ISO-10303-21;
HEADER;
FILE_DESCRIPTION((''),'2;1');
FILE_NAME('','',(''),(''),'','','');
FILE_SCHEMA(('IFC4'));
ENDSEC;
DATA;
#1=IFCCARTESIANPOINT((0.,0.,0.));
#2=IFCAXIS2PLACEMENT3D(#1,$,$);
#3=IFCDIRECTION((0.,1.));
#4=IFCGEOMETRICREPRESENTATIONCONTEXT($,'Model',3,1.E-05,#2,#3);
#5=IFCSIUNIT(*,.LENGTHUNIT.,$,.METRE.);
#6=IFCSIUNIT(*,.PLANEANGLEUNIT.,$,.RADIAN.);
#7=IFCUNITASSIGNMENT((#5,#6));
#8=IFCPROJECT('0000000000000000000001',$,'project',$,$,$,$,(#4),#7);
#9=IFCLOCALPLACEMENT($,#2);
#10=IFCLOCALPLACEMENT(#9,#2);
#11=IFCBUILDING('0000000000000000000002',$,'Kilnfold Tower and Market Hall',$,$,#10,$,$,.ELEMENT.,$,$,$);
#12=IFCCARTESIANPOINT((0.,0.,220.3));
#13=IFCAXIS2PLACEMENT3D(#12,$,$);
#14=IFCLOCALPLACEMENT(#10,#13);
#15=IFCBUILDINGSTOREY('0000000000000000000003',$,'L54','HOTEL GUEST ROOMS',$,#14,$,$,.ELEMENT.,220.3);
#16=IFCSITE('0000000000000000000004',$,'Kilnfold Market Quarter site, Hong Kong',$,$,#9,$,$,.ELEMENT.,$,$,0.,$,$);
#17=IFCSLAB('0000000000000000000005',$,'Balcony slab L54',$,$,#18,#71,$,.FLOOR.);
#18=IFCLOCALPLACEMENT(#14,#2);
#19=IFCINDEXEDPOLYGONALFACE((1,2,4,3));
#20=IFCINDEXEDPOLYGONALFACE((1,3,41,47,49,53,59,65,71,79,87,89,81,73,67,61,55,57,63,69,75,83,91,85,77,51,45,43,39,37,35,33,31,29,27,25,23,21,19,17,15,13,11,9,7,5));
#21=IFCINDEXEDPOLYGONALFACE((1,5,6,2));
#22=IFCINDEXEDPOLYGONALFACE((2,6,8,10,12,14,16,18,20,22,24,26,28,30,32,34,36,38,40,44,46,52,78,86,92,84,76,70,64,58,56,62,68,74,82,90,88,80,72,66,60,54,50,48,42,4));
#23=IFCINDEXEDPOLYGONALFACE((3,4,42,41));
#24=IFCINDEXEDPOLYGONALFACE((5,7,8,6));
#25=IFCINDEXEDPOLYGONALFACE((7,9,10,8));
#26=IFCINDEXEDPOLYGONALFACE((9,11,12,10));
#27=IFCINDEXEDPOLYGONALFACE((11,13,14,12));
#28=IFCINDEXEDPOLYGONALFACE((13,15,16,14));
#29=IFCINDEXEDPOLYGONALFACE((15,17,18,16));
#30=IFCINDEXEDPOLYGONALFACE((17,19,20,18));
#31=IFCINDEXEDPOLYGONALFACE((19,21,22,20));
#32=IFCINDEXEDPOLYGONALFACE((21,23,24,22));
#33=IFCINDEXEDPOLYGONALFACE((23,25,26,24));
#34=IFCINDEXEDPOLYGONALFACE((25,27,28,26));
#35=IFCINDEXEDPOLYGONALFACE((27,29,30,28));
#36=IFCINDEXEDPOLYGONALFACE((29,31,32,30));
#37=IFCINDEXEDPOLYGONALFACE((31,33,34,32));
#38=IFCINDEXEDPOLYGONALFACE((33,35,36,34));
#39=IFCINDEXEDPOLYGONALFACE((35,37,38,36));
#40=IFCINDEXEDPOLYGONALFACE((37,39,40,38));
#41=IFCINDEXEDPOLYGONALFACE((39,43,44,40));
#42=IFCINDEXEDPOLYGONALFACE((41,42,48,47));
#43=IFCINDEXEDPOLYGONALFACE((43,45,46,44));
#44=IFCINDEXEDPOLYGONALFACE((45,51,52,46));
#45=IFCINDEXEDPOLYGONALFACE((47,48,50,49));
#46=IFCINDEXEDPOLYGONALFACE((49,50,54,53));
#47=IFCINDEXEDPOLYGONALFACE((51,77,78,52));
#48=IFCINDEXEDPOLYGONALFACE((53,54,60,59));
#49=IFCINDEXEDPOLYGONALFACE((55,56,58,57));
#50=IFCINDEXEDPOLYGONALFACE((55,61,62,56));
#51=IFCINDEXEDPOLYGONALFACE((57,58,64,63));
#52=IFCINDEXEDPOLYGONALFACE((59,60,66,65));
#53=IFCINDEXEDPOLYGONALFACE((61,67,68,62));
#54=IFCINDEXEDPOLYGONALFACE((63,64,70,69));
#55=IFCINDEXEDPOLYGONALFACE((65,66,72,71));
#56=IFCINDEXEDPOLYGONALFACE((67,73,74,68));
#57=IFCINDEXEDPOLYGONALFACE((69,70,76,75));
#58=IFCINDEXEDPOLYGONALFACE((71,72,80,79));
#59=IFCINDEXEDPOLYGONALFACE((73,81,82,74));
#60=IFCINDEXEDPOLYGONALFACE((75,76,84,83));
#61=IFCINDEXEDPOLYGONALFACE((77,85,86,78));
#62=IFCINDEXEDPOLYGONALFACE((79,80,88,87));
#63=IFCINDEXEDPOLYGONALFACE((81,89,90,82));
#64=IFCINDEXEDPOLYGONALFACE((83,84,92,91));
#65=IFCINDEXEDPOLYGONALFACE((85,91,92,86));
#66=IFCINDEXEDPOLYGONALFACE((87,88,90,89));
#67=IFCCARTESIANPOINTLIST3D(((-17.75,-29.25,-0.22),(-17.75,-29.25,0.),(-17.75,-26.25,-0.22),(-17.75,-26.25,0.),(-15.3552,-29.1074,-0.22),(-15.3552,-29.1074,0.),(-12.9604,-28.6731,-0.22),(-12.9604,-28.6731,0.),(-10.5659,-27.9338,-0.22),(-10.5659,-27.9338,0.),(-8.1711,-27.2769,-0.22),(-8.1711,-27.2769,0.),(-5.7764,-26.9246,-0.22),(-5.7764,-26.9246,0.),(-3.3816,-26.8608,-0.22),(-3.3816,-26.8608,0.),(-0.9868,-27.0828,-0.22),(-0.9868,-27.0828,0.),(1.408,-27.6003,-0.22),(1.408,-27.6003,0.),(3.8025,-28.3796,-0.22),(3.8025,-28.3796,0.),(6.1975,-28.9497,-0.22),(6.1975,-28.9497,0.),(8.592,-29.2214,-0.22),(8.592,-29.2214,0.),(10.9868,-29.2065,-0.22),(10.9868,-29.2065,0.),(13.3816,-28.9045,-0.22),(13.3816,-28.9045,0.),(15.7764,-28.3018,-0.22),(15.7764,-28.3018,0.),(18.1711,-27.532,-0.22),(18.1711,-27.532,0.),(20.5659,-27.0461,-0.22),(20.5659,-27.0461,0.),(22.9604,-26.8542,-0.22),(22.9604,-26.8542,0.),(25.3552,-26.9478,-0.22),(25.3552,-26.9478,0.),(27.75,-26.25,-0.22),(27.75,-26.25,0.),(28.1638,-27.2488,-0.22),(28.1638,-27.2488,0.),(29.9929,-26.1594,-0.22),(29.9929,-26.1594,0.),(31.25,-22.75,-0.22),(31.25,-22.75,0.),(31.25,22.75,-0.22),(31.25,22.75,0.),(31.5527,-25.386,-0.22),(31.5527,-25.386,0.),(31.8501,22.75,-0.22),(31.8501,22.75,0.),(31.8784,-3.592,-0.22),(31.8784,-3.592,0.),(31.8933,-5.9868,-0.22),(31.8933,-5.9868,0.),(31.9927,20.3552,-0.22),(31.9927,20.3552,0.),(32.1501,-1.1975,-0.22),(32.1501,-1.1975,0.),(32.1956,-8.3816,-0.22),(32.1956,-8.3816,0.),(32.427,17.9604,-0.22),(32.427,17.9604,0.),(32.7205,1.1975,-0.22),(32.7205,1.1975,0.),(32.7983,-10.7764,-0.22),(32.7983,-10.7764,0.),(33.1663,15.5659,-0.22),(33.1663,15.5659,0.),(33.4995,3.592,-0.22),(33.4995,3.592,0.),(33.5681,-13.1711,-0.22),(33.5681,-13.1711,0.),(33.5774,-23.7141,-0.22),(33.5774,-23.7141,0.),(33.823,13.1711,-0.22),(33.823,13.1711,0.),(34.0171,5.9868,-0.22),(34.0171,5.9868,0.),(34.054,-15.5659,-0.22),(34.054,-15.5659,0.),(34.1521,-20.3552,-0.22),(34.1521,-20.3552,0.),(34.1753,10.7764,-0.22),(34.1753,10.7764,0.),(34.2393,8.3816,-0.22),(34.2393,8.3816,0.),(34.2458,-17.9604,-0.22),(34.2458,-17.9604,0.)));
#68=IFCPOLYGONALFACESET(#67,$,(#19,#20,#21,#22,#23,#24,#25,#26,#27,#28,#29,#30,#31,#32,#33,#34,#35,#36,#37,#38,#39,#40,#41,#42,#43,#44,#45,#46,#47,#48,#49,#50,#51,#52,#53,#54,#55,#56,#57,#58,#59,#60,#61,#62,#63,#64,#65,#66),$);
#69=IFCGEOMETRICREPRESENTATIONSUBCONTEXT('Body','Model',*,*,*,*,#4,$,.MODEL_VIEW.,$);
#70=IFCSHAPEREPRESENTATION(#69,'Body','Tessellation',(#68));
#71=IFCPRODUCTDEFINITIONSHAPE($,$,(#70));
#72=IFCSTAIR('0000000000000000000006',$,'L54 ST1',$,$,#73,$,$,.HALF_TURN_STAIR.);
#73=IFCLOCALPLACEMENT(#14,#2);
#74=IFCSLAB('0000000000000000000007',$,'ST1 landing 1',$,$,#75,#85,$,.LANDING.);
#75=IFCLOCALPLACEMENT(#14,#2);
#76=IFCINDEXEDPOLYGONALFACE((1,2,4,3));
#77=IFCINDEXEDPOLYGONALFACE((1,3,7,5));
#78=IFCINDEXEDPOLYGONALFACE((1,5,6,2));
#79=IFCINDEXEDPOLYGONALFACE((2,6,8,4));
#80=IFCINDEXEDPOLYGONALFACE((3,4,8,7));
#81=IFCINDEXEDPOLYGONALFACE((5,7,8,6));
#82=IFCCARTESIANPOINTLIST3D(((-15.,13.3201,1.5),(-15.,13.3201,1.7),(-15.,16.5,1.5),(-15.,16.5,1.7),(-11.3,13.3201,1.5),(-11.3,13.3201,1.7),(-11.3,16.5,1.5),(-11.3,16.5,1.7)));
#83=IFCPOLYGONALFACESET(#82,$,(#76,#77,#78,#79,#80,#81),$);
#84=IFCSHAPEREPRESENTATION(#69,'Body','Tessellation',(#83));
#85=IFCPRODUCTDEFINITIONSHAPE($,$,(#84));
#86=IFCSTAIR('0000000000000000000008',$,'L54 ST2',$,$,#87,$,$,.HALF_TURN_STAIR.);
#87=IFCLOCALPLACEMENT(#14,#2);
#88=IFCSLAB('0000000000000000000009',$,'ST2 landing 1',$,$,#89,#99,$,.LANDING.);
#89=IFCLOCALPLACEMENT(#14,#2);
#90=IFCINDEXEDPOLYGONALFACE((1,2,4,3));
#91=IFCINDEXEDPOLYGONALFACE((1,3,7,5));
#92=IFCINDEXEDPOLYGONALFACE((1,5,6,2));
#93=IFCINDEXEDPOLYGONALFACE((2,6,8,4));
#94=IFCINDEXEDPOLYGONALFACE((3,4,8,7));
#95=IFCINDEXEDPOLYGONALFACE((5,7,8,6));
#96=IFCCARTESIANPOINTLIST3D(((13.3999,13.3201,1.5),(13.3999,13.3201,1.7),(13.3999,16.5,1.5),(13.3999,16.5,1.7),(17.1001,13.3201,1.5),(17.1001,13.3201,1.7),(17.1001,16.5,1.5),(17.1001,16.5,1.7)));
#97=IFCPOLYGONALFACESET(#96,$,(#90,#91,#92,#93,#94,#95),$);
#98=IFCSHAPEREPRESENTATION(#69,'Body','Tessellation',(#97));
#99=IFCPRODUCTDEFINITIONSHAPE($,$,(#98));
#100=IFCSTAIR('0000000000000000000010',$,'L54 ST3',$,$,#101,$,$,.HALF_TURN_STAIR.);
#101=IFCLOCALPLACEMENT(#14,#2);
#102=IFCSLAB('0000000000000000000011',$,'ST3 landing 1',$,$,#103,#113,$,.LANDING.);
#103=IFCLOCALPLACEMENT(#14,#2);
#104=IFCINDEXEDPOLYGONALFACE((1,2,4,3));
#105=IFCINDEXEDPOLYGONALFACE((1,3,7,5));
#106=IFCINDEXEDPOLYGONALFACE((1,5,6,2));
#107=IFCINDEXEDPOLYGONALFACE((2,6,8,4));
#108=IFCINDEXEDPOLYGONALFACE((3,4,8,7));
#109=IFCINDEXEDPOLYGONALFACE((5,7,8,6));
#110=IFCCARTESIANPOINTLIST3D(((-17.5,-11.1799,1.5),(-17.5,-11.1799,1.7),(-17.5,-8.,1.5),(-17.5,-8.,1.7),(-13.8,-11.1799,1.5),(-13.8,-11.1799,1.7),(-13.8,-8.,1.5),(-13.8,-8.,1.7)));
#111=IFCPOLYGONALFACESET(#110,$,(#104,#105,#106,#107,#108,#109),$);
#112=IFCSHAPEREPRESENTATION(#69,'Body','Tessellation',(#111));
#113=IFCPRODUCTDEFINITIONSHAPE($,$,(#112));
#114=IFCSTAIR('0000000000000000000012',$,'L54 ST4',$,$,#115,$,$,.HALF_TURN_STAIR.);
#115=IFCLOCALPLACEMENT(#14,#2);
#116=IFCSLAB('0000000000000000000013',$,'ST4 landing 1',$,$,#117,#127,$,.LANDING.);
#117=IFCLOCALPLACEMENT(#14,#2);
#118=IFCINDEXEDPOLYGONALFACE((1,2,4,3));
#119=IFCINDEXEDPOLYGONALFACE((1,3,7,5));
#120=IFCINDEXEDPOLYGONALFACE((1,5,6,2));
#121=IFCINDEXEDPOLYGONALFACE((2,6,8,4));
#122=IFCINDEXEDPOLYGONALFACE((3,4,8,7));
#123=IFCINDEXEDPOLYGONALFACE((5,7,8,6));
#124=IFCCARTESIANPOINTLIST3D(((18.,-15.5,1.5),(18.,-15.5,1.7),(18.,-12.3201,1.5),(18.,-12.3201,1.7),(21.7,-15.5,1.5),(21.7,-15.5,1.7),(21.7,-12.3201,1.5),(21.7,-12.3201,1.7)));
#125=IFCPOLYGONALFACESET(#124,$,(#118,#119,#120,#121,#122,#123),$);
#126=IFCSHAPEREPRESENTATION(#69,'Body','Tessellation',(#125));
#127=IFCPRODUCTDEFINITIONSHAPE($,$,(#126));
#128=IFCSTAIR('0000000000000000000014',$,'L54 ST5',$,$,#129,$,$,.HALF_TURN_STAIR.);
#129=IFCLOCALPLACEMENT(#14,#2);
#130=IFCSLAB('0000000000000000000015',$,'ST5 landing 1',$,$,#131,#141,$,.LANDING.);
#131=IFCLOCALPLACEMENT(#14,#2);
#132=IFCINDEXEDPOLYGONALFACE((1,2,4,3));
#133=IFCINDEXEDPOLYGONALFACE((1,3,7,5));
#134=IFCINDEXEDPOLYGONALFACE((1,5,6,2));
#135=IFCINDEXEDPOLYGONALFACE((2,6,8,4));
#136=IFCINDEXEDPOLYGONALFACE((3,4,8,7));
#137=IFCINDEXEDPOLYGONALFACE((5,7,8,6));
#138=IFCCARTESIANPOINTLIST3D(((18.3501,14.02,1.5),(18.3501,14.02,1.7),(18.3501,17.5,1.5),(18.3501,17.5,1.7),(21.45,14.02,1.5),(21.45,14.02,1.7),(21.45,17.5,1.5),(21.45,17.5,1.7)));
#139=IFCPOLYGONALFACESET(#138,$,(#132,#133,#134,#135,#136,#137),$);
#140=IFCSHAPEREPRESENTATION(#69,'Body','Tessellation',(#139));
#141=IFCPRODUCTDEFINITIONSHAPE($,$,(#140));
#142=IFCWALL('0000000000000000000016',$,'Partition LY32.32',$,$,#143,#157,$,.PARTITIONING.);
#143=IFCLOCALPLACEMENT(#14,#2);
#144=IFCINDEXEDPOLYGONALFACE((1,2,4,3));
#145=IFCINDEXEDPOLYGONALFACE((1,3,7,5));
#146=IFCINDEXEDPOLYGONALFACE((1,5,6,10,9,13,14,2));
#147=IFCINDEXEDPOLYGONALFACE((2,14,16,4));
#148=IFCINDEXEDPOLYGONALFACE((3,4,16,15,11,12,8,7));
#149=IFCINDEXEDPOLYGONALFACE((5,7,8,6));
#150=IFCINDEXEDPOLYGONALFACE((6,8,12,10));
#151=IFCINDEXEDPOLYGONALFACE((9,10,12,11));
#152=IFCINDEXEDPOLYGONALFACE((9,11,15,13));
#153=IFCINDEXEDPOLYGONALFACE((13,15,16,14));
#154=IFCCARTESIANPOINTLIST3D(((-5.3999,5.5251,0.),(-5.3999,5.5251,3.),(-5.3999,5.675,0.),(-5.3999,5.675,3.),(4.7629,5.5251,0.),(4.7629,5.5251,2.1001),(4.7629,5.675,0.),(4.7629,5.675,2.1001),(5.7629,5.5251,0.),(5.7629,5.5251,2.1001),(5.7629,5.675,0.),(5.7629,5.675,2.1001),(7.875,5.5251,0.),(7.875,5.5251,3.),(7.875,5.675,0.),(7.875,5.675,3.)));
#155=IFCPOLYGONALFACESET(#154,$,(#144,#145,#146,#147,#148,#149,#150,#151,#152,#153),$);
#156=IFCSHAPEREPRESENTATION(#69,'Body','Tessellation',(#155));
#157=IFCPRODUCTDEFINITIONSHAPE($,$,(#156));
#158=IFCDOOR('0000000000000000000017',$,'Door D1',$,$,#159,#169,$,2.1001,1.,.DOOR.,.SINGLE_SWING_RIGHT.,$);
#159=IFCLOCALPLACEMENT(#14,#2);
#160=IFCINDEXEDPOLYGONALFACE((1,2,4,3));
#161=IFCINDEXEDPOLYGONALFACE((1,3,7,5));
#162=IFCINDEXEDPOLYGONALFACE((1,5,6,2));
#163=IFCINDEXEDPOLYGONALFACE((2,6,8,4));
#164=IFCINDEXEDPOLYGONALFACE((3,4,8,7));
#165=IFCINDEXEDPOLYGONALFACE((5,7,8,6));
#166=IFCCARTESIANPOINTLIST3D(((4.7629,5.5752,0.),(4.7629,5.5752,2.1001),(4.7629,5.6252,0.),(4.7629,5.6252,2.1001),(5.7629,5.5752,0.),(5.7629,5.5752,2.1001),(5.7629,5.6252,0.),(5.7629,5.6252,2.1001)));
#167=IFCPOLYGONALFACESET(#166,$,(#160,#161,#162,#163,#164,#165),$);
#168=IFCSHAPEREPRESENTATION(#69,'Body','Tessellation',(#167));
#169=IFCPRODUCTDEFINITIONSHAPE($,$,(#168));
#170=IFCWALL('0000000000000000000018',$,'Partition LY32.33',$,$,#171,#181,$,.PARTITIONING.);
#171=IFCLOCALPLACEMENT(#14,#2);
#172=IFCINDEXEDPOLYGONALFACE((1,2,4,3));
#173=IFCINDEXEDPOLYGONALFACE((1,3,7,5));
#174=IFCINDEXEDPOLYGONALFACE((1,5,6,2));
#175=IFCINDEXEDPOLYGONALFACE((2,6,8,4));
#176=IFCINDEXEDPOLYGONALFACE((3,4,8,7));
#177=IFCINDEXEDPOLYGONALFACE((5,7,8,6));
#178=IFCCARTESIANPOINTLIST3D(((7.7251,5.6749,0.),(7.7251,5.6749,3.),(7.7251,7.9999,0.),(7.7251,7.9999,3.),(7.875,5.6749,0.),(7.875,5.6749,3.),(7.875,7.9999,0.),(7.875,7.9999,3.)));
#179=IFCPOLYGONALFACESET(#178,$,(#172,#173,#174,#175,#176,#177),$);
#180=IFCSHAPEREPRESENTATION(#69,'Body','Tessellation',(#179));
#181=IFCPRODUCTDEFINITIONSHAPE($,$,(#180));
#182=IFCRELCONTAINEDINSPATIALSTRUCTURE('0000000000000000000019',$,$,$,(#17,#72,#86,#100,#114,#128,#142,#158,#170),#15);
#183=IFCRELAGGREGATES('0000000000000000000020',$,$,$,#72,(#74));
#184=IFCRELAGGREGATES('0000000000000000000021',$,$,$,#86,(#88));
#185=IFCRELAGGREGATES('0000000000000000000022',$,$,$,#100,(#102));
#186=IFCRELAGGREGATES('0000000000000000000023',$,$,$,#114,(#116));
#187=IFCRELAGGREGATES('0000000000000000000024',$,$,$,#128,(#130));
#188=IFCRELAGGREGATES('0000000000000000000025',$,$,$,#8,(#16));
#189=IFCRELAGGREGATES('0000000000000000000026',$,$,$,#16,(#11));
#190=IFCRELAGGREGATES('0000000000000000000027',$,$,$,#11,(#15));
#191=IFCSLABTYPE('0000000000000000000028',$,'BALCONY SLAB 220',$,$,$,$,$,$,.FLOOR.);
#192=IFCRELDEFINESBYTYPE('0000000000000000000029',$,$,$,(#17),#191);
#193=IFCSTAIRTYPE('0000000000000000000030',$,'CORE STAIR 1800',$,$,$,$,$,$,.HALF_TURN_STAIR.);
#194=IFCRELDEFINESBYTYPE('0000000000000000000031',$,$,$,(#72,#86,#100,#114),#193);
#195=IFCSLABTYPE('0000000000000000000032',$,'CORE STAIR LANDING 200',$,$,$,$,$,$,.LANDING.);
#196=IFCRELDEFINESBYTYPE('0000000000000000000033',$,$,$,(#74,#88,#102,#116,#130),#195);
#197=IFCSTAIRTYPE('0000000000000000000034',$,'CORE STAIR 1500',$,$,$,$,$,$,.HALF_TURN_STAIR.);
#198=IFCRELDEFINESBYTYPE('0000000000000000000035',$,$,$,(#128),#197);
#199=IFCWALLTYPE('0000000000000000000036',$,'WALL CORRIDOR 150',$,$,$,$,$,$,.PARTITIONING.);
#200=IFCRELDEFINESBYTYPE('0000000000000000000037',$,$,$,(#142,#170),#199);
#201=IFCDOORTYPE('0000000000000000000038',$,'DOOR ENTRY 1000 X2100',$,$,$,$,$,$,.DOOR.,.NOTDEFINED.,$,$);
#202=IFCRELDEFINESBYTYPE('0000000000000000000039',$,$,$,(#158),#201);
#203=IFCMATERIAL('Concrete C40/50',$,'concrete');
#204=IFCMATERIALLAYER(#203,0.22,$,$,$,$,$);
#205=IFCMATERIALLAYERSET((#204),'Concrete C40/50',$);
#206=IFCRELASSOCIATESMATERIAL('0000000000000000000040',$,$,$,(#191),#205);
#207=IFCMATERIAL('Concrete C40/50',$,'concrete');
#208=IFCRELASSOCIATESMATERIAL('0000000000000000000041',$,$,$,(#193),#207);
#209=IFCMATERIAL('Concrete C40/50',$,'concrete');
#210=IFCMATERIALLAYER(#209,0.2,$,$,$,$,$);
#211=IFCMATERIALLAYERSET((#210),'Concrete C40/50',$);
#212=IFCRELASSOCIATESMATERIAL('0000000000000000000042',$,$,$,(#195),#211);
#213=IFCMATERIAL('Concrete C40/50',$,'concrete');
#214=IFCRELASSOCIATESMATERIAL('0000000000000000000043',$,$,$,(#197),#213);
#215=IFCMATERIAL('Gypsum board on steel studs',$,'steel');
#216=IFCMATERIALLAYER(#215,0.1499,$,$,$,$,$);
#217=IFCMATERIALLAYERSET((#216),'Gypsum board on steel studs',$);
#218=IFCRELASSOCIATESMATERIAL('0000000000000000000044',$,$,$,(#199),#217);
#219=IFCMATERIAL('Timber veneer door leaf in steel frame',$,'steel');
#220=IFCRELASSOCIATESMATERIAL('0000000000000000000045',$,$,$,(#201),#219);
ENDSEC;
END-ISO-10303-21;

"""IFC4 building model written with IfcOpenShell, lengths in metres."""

from ifc_helpers import new_model, si_unit, direction, frame, frame_2d, origin, place, context, subcontext, project, spatial, polyline, rectangle, outline, extrude, source, transform, mapped, material, layer, layer_set, type_object, element, fill, aggregate, save


model = new_model("IFC4")

# Units and contexts
model_context = context("Model", 3, precision=1e-05, world=origin(), true_north=direction((0.0, 1.0)))
body_context = subcontext(model_context, "Body", "Model", "MODEL_VIEW")
ifc_project = project(units=[si_unit("LENGTHUNIT", "METRE"), si_unit("PLANEANGLEUNIT", "RADIAN")], contexts=[model_context])

# Site, building, storey
site_placement = place(None, origin())
site = spatial("IfcSite", under=ifc_project, at=site_placement, Name="Kilnfold Market Quarter site, Hong Kong", CompositionType="ELEMENT", RefElevation=0.0)
building_placement = place(site_placement, origin())
building = spatial("IfcBuilding", under=site, at=building_placement, Name="Kilnfold Tower and Market Hall", CompositionType="ELEMENT")
storey_placement = place(building_placement, frame((0.0, 0.0, 220.3)))
storey = spatial("IfcBuildingStorey", under=building, at=storey_placement, Name="L54", Description="HOTEL GUEST ROOMS", CompositionType="ELEMENT", Elevation=220.3)

# Slab
ifc_material_1 = material(Name="Concrete C40/50", Category="concrete")
ifc_layer_1 = layer(ifc_material_1, 0.22)
ifc_layer_set_1 = layer_set([ifc_layer_1], Name="Concrete C40/50")
slab_type_1 = type_object("IfcSlabType", Name="BALCONY SLAB 220", PredefinedType="FLOOR", material=ifc_layer_set_1)
shared_shape_1 = source(origin(), body_context, "Body", "SweptSolid", [
    extrude(outline(polyline([(-17.75, -26.25), (27.75, -26.25), (31.25, -22.75), (31.25, 22.75), (31.8501, 22.75), (31.9927, 20.3552), (32.427, 17.9604), (33.1663, 15.5659), (33.823, 13.1711), (34.1753, 10.7764), (34.2393, 8.3816), (34.0171, 5.9868), (33.4995, 3.592), (32.7205, 1.1975), (32.1501, -1.1975), (31.8784, -3.592), (31.8933, -5.9868), (32.1956, -8.3816), (32.7983, -10.7764), (33.5681, -13.1711), (34.054, -15.5659), (34.2458, -17.9604), (34.1521, -20.3552), (33.5774, -23.7141), (31.5527, -25.386), (29.9929, -26.1594), (28.1638, -27.2488), (25.3552, -26.9478), (22.9604, -26.8542), (20.5659, -27.0461), (18.1711, -27.532), (15.7764, -28.3018), (13.3816, -28.9045), (10.9868, -29.2065), (8.592, -29.2214), (6.1975, -28.9497), (3.8025, -28.3796), (1.408, -27.6003), (-0.9868, -27.0828), (-3.3816, -26.8608), (-5.7764, -26.9246), (-8.1711, -27.2769), (-10.5659, -27.9338), (-12.9604, -28.6731), (-15.3552, -29.1074), (-17.75, -29.25), (-17.75, -26.25)])), origin(), (0.0, 0.0, 1.0), 0.22),
])
slab_1_placement = place(storey_placement, frame((0.0, 0.0, -0.22)))
element("IfcSlab", 1, at=slab_1_placement, inside=storey, type_object=slab_type_1, Name="Balcony slab L54", PredefinedType="FLOOR", context=body_context, shape_type="MappedRepresentation", body=[
    mapped(shared_shape_1, transform((0.0, 0.0, 0.0))),
])

# Stairs, slabs
ifc_material_2 = material(Name="Concrete C40/50", Category="concrete")
stair_type_1 = type_object("IfcStairType", Name="CORE STAIR 1800", PredefinedType="HALF_TURN_STAIR", material=ifc_material_2)
stair_1_placement = place(storey_placement, origin())
stair_1 = element("IfcStair", 2, at=stair_1_placement, inside=storey, type_object=stair_type_1, Name="L54 ST1", PredefinedType="HALF_TURN_STAIR")
ifc_material_3 = material(Name="Concrete C40/50", Category="concrete")
ifc_layer_2 = layer(ifc_material_3, 0.2)
ifc_layer_set_2 = layer_set([ifc_layer_2], Name="Concrete C40/50")
slab_type_2 = type_object("IfcSlabType", Name="CORE STAIR LANDING 200", PredefinedType="LANDING", material=ifc_layer_set_2)
shared_shape_2 = source(origin(), body_context, "Body", "SweptSolid", [
    extrude(outline(polyline([(-11.3, 13.3201), (-11.3, 16.5), (-15.0, 16.5), (-15.0, 13.3201), (-11.3, 13.3201)])), origin(), (0.0, 0.0, 1.0), 0.2),
])
slab_2_placement = place(storey_placement, frame((0.0, 0.0, 1.5)))
slab_2 = element("IfcSlab", 3, at=slab_2_placement, type_object=slab_type_2, Name="ST1 landing 1", PredefinedType="LANDING", context=body_context, shape_type="MappedRepresentation", body=[
    mapped(shared_shape_2, transform((0.0, 0.0, 0.0))),
])
aggregate(stair_1, [slab_2])
stair_2_placement = place(storey_placement, origin())
stair_2 = element("IfcStair", 4, at=stair_2_placement, inside=storey, type_object=stair_type_1, Name="L54 ST2", PredefinedType="HALF_TURN_STAIR")
shared_shape_3 = source(origin(), body_context, "Body", "SweptSolid", [
    extrude(outline(polyline([(17.1001, 13.3201), (17.1001, 16.5), (13.3999, 16.5), (13.3999, 13.3201), (17.1001, 13.3201)])), origin(), (0.0, 0.0, 1.0), 0.2),
])
slab_3_placement = place(storey_placement, frame((0.0, 0.0, 1.5)))
slab_3 = element("IfcSlab", 5, at=slab_3_placement, type_object=slab_type_2, Name="ST2 landing 1", PredefinedType="LANDING", context=body_context, shape_type="MappedRepresentation", body=[
    mapped(shared_shape_3, transform((0.0, 0.0, 0.0))),
])
aggregate(stair_2, [slab_3])
stair_3_placement = place(storey_placement, origin())
stair_3 = element("IfcStair", 6, at=stair_3_placement, inside=storey, type_object=stair_type_1, Name="L54 ST3", PredefinedType="HALF_TURN_STAIR")
shared_shape_4 = source(origin(), body_context, "Body", "SweptSolid", [
    extrude(outline(polyline([(-13.8, -11.1799), (-13.8, -8.0), (-17.5, -8.0), (-17.5, -11.1799), (-13.8, -11.1799)])), origin(), (0.0, 0.0, 1.0), 0.2),
])
slab_4_placement = place(storey_placement, frame((0.0, 0.0, 1.5)))
slab_4 = element("IfcSlab", 7, at=slab_4_placement, type_object=slab_type_2, Name="ST3 landing 1", PredefinedType="LANDING", context=body_context, shape_type="MappedRepresentation", body=[
    mapped(shared_shape_4, transform((0.0, 0.0, 0.0))),
])
aggregate(stair_3, [slab_4])
stair_4_placement = place(storey_placement, origin())
stair_4 = element("IfcStair", 8, at=stair_4_placement, inside=storey, type_object=stair_type_1, Name="L54 ST4", PredefinedType="HALF_TURN_STAIR")
shared_shape_5 = source(origin(), body_context, "Body", "SweptSolid", [
    extrude(outline(polyline([(18.0, -12.3201), (18.0, -15.5), (21.7, -15.5), (21.7, -12.3201), (18.0, -12.3201)])), origin(), (0.0, 0.0, 1.0), 0.2),
])
slab_5_placement = place(storey_placement, frame((0.0, 0.0, 1.5)))
slab_5 = element("IfcSlab", 9, at=slab_5_placement, type_object=slab_type_2, Name="ST4 landing 1", PredefinedType="LANDING", context=body_context, shape_type="MappedRepresentation", body=[
    mapped(shared_shape_5, transform((0.0, 0.0, 0.0))),
])
aggregate(stair_4, [slab_5])
ifc_material_4 = material(Name="Concrete C40/50", Category="concrete")
stair_type_2 = type_object("IfcStairType", Name="CORE STAIR 1500", PredefinedType="HALF_TURN_STAIR", material=ifc_material_4)
stair_5_placement = place(storey_placement, origin())
stair_5 = element("IfcStair", 10, at=stair_5_placement, inside=storey, type_object=stair_type_2, Name="L54 ST5", PredefinedType="HALF_TURN_STAIR")
shared_shape_6 = source(origin(), body_context, "Body", "SweptSolid", [
    extrude(outline(polyline([(21.45, 14.02), (21.45, 17.5), (18.3501, 17.5), (18.3501, 14.02), (21.45, 14.02)])), origin(), (0.0, 0.0, 1.0), 0.2),
])
slab_6_placement = place(storey_placement, frame((0.0, 0.0, 1.5)))
slab_6 = element("IfcSlab", 11, at=slab_6_placement, type_object=slab_type_2, Name="ST5 landing 1", PredefinedType="LANDING", context=body_context, shape_type="MappedRepresentation", body=[
    mapped(shared_shape_6, transform((0.0, 0.0, 0.0))),
])
aggregate(stair_5, [slab_6])

# Wall, opening, door
ifc_material_5 = material(Name="Gypsum board on steel studs", Category="steel")
ifc_layer_3 = layer(ifc_material_5, 0.1499)
ifc_layer_set_3 = layer_set([ifc_layer_3], Name="Gypsum board on steel studs")
wall_type_1 = type_object("IfcWallType", Name="WALL CORRIDOR 150", PredefinedType="PARTITIONING", material=ifc_layer_set_3)
wall_1_placement = place(storey_placement, frame((7.875, 5.6001, 0.0), z_axis=(0.0, 0.0, 1.0), x_axis=(-1.0, 0.0, 0.0)))
wall_1 = element("IfcWall", 12, at=wall_1_placement, inside=storey, type_object=wall_type_1, Name="Partition LY32.32", PredefinedType="PARTITIONING", context=body_context, shape_type="SweptSolid", body=[
    extrude(rectangle(XDim=13.2749, YDim=0.1499, at=frame_2d((6.6375, 0.0))), origin(), (0.0, 0.0, 1.0), 3.0),
])
opening_1_placement = place(wall_1_placement, frame((2.1121, 0.0, 0.0)))
opening_1 = element("IfcOpeningElement", 13, at=opening_1_placement, cuts=wall_1, PredefinedType="OPENING", context=body_context, shape_type="SweptSolid", body=[
    extrude(rectangle(XDim=1.0, YDim=2.1001, at=frame_2d((0.5, 1.05))), frame((0.0, 0.085, 0.0), z_axis=(0.0, -1.0, 0.0), x_axis=(1.0, 0.0, 0.0)), (0.0, 0.0, 1.0), 0.1699),
])
ifc_material_6 = material(Name="Timber veneer door leaf in steel frame", Category="steel")
door_type_1 = type_object("IfcDoorType", Name="DOOR ENTRY 1000 X2100", OperationType="NOTDEFINED", PredefinedType="DOOR", material=ifc_material_6)
door_1_placement = place(opening_1_placement, origin())
door_1 = element("IfcDoor", 14, at=door_1_placement, inside=storey, type_object=door_type_1, Name="Door D1", OperationType="SINGLE_SWING_RIGHT", OverallHeight=2.1001, OverallWidth=1.0, PredefinedType="DOOR", context=body_context, shape_type="SweptSolid", body=[
    extrude(rectangle(XDim=1.0, YDim=2.1001, at=frame_2d((0.5, 1.05))), frame((0.0, 0.0249, 0.0), z_axis=(0.0, -1.0, 0.0), x_axis=(1.0, 0.0, 0.0)), (0.0, 0.0, 1.0), 0.05),
])
fill(opening_1, door_1)

# Wall
wall_2_placement = place(storey_placement, frame((7.8, 8.0, 0.0), z_axis=(0.0, 0.0, 1.0), x_axis=(0.0, -1.0, 0.0)))
element("IfcWall", 15, at=wall_2_placement, inside=storey, type_object=wall_type_1, Name="Partition LY32.33", PredefinedType="PARTITIONING", context=body_context, shape_type="SweptSolid", body=[
    extrude(rectangle(XDim=2.325, YDim=0.1499, at=frame_2d((1.1626, 0.0))), origin(), (0.0, 0.0, 1.0), 3.0),
])

save(model, "model.ifc")
